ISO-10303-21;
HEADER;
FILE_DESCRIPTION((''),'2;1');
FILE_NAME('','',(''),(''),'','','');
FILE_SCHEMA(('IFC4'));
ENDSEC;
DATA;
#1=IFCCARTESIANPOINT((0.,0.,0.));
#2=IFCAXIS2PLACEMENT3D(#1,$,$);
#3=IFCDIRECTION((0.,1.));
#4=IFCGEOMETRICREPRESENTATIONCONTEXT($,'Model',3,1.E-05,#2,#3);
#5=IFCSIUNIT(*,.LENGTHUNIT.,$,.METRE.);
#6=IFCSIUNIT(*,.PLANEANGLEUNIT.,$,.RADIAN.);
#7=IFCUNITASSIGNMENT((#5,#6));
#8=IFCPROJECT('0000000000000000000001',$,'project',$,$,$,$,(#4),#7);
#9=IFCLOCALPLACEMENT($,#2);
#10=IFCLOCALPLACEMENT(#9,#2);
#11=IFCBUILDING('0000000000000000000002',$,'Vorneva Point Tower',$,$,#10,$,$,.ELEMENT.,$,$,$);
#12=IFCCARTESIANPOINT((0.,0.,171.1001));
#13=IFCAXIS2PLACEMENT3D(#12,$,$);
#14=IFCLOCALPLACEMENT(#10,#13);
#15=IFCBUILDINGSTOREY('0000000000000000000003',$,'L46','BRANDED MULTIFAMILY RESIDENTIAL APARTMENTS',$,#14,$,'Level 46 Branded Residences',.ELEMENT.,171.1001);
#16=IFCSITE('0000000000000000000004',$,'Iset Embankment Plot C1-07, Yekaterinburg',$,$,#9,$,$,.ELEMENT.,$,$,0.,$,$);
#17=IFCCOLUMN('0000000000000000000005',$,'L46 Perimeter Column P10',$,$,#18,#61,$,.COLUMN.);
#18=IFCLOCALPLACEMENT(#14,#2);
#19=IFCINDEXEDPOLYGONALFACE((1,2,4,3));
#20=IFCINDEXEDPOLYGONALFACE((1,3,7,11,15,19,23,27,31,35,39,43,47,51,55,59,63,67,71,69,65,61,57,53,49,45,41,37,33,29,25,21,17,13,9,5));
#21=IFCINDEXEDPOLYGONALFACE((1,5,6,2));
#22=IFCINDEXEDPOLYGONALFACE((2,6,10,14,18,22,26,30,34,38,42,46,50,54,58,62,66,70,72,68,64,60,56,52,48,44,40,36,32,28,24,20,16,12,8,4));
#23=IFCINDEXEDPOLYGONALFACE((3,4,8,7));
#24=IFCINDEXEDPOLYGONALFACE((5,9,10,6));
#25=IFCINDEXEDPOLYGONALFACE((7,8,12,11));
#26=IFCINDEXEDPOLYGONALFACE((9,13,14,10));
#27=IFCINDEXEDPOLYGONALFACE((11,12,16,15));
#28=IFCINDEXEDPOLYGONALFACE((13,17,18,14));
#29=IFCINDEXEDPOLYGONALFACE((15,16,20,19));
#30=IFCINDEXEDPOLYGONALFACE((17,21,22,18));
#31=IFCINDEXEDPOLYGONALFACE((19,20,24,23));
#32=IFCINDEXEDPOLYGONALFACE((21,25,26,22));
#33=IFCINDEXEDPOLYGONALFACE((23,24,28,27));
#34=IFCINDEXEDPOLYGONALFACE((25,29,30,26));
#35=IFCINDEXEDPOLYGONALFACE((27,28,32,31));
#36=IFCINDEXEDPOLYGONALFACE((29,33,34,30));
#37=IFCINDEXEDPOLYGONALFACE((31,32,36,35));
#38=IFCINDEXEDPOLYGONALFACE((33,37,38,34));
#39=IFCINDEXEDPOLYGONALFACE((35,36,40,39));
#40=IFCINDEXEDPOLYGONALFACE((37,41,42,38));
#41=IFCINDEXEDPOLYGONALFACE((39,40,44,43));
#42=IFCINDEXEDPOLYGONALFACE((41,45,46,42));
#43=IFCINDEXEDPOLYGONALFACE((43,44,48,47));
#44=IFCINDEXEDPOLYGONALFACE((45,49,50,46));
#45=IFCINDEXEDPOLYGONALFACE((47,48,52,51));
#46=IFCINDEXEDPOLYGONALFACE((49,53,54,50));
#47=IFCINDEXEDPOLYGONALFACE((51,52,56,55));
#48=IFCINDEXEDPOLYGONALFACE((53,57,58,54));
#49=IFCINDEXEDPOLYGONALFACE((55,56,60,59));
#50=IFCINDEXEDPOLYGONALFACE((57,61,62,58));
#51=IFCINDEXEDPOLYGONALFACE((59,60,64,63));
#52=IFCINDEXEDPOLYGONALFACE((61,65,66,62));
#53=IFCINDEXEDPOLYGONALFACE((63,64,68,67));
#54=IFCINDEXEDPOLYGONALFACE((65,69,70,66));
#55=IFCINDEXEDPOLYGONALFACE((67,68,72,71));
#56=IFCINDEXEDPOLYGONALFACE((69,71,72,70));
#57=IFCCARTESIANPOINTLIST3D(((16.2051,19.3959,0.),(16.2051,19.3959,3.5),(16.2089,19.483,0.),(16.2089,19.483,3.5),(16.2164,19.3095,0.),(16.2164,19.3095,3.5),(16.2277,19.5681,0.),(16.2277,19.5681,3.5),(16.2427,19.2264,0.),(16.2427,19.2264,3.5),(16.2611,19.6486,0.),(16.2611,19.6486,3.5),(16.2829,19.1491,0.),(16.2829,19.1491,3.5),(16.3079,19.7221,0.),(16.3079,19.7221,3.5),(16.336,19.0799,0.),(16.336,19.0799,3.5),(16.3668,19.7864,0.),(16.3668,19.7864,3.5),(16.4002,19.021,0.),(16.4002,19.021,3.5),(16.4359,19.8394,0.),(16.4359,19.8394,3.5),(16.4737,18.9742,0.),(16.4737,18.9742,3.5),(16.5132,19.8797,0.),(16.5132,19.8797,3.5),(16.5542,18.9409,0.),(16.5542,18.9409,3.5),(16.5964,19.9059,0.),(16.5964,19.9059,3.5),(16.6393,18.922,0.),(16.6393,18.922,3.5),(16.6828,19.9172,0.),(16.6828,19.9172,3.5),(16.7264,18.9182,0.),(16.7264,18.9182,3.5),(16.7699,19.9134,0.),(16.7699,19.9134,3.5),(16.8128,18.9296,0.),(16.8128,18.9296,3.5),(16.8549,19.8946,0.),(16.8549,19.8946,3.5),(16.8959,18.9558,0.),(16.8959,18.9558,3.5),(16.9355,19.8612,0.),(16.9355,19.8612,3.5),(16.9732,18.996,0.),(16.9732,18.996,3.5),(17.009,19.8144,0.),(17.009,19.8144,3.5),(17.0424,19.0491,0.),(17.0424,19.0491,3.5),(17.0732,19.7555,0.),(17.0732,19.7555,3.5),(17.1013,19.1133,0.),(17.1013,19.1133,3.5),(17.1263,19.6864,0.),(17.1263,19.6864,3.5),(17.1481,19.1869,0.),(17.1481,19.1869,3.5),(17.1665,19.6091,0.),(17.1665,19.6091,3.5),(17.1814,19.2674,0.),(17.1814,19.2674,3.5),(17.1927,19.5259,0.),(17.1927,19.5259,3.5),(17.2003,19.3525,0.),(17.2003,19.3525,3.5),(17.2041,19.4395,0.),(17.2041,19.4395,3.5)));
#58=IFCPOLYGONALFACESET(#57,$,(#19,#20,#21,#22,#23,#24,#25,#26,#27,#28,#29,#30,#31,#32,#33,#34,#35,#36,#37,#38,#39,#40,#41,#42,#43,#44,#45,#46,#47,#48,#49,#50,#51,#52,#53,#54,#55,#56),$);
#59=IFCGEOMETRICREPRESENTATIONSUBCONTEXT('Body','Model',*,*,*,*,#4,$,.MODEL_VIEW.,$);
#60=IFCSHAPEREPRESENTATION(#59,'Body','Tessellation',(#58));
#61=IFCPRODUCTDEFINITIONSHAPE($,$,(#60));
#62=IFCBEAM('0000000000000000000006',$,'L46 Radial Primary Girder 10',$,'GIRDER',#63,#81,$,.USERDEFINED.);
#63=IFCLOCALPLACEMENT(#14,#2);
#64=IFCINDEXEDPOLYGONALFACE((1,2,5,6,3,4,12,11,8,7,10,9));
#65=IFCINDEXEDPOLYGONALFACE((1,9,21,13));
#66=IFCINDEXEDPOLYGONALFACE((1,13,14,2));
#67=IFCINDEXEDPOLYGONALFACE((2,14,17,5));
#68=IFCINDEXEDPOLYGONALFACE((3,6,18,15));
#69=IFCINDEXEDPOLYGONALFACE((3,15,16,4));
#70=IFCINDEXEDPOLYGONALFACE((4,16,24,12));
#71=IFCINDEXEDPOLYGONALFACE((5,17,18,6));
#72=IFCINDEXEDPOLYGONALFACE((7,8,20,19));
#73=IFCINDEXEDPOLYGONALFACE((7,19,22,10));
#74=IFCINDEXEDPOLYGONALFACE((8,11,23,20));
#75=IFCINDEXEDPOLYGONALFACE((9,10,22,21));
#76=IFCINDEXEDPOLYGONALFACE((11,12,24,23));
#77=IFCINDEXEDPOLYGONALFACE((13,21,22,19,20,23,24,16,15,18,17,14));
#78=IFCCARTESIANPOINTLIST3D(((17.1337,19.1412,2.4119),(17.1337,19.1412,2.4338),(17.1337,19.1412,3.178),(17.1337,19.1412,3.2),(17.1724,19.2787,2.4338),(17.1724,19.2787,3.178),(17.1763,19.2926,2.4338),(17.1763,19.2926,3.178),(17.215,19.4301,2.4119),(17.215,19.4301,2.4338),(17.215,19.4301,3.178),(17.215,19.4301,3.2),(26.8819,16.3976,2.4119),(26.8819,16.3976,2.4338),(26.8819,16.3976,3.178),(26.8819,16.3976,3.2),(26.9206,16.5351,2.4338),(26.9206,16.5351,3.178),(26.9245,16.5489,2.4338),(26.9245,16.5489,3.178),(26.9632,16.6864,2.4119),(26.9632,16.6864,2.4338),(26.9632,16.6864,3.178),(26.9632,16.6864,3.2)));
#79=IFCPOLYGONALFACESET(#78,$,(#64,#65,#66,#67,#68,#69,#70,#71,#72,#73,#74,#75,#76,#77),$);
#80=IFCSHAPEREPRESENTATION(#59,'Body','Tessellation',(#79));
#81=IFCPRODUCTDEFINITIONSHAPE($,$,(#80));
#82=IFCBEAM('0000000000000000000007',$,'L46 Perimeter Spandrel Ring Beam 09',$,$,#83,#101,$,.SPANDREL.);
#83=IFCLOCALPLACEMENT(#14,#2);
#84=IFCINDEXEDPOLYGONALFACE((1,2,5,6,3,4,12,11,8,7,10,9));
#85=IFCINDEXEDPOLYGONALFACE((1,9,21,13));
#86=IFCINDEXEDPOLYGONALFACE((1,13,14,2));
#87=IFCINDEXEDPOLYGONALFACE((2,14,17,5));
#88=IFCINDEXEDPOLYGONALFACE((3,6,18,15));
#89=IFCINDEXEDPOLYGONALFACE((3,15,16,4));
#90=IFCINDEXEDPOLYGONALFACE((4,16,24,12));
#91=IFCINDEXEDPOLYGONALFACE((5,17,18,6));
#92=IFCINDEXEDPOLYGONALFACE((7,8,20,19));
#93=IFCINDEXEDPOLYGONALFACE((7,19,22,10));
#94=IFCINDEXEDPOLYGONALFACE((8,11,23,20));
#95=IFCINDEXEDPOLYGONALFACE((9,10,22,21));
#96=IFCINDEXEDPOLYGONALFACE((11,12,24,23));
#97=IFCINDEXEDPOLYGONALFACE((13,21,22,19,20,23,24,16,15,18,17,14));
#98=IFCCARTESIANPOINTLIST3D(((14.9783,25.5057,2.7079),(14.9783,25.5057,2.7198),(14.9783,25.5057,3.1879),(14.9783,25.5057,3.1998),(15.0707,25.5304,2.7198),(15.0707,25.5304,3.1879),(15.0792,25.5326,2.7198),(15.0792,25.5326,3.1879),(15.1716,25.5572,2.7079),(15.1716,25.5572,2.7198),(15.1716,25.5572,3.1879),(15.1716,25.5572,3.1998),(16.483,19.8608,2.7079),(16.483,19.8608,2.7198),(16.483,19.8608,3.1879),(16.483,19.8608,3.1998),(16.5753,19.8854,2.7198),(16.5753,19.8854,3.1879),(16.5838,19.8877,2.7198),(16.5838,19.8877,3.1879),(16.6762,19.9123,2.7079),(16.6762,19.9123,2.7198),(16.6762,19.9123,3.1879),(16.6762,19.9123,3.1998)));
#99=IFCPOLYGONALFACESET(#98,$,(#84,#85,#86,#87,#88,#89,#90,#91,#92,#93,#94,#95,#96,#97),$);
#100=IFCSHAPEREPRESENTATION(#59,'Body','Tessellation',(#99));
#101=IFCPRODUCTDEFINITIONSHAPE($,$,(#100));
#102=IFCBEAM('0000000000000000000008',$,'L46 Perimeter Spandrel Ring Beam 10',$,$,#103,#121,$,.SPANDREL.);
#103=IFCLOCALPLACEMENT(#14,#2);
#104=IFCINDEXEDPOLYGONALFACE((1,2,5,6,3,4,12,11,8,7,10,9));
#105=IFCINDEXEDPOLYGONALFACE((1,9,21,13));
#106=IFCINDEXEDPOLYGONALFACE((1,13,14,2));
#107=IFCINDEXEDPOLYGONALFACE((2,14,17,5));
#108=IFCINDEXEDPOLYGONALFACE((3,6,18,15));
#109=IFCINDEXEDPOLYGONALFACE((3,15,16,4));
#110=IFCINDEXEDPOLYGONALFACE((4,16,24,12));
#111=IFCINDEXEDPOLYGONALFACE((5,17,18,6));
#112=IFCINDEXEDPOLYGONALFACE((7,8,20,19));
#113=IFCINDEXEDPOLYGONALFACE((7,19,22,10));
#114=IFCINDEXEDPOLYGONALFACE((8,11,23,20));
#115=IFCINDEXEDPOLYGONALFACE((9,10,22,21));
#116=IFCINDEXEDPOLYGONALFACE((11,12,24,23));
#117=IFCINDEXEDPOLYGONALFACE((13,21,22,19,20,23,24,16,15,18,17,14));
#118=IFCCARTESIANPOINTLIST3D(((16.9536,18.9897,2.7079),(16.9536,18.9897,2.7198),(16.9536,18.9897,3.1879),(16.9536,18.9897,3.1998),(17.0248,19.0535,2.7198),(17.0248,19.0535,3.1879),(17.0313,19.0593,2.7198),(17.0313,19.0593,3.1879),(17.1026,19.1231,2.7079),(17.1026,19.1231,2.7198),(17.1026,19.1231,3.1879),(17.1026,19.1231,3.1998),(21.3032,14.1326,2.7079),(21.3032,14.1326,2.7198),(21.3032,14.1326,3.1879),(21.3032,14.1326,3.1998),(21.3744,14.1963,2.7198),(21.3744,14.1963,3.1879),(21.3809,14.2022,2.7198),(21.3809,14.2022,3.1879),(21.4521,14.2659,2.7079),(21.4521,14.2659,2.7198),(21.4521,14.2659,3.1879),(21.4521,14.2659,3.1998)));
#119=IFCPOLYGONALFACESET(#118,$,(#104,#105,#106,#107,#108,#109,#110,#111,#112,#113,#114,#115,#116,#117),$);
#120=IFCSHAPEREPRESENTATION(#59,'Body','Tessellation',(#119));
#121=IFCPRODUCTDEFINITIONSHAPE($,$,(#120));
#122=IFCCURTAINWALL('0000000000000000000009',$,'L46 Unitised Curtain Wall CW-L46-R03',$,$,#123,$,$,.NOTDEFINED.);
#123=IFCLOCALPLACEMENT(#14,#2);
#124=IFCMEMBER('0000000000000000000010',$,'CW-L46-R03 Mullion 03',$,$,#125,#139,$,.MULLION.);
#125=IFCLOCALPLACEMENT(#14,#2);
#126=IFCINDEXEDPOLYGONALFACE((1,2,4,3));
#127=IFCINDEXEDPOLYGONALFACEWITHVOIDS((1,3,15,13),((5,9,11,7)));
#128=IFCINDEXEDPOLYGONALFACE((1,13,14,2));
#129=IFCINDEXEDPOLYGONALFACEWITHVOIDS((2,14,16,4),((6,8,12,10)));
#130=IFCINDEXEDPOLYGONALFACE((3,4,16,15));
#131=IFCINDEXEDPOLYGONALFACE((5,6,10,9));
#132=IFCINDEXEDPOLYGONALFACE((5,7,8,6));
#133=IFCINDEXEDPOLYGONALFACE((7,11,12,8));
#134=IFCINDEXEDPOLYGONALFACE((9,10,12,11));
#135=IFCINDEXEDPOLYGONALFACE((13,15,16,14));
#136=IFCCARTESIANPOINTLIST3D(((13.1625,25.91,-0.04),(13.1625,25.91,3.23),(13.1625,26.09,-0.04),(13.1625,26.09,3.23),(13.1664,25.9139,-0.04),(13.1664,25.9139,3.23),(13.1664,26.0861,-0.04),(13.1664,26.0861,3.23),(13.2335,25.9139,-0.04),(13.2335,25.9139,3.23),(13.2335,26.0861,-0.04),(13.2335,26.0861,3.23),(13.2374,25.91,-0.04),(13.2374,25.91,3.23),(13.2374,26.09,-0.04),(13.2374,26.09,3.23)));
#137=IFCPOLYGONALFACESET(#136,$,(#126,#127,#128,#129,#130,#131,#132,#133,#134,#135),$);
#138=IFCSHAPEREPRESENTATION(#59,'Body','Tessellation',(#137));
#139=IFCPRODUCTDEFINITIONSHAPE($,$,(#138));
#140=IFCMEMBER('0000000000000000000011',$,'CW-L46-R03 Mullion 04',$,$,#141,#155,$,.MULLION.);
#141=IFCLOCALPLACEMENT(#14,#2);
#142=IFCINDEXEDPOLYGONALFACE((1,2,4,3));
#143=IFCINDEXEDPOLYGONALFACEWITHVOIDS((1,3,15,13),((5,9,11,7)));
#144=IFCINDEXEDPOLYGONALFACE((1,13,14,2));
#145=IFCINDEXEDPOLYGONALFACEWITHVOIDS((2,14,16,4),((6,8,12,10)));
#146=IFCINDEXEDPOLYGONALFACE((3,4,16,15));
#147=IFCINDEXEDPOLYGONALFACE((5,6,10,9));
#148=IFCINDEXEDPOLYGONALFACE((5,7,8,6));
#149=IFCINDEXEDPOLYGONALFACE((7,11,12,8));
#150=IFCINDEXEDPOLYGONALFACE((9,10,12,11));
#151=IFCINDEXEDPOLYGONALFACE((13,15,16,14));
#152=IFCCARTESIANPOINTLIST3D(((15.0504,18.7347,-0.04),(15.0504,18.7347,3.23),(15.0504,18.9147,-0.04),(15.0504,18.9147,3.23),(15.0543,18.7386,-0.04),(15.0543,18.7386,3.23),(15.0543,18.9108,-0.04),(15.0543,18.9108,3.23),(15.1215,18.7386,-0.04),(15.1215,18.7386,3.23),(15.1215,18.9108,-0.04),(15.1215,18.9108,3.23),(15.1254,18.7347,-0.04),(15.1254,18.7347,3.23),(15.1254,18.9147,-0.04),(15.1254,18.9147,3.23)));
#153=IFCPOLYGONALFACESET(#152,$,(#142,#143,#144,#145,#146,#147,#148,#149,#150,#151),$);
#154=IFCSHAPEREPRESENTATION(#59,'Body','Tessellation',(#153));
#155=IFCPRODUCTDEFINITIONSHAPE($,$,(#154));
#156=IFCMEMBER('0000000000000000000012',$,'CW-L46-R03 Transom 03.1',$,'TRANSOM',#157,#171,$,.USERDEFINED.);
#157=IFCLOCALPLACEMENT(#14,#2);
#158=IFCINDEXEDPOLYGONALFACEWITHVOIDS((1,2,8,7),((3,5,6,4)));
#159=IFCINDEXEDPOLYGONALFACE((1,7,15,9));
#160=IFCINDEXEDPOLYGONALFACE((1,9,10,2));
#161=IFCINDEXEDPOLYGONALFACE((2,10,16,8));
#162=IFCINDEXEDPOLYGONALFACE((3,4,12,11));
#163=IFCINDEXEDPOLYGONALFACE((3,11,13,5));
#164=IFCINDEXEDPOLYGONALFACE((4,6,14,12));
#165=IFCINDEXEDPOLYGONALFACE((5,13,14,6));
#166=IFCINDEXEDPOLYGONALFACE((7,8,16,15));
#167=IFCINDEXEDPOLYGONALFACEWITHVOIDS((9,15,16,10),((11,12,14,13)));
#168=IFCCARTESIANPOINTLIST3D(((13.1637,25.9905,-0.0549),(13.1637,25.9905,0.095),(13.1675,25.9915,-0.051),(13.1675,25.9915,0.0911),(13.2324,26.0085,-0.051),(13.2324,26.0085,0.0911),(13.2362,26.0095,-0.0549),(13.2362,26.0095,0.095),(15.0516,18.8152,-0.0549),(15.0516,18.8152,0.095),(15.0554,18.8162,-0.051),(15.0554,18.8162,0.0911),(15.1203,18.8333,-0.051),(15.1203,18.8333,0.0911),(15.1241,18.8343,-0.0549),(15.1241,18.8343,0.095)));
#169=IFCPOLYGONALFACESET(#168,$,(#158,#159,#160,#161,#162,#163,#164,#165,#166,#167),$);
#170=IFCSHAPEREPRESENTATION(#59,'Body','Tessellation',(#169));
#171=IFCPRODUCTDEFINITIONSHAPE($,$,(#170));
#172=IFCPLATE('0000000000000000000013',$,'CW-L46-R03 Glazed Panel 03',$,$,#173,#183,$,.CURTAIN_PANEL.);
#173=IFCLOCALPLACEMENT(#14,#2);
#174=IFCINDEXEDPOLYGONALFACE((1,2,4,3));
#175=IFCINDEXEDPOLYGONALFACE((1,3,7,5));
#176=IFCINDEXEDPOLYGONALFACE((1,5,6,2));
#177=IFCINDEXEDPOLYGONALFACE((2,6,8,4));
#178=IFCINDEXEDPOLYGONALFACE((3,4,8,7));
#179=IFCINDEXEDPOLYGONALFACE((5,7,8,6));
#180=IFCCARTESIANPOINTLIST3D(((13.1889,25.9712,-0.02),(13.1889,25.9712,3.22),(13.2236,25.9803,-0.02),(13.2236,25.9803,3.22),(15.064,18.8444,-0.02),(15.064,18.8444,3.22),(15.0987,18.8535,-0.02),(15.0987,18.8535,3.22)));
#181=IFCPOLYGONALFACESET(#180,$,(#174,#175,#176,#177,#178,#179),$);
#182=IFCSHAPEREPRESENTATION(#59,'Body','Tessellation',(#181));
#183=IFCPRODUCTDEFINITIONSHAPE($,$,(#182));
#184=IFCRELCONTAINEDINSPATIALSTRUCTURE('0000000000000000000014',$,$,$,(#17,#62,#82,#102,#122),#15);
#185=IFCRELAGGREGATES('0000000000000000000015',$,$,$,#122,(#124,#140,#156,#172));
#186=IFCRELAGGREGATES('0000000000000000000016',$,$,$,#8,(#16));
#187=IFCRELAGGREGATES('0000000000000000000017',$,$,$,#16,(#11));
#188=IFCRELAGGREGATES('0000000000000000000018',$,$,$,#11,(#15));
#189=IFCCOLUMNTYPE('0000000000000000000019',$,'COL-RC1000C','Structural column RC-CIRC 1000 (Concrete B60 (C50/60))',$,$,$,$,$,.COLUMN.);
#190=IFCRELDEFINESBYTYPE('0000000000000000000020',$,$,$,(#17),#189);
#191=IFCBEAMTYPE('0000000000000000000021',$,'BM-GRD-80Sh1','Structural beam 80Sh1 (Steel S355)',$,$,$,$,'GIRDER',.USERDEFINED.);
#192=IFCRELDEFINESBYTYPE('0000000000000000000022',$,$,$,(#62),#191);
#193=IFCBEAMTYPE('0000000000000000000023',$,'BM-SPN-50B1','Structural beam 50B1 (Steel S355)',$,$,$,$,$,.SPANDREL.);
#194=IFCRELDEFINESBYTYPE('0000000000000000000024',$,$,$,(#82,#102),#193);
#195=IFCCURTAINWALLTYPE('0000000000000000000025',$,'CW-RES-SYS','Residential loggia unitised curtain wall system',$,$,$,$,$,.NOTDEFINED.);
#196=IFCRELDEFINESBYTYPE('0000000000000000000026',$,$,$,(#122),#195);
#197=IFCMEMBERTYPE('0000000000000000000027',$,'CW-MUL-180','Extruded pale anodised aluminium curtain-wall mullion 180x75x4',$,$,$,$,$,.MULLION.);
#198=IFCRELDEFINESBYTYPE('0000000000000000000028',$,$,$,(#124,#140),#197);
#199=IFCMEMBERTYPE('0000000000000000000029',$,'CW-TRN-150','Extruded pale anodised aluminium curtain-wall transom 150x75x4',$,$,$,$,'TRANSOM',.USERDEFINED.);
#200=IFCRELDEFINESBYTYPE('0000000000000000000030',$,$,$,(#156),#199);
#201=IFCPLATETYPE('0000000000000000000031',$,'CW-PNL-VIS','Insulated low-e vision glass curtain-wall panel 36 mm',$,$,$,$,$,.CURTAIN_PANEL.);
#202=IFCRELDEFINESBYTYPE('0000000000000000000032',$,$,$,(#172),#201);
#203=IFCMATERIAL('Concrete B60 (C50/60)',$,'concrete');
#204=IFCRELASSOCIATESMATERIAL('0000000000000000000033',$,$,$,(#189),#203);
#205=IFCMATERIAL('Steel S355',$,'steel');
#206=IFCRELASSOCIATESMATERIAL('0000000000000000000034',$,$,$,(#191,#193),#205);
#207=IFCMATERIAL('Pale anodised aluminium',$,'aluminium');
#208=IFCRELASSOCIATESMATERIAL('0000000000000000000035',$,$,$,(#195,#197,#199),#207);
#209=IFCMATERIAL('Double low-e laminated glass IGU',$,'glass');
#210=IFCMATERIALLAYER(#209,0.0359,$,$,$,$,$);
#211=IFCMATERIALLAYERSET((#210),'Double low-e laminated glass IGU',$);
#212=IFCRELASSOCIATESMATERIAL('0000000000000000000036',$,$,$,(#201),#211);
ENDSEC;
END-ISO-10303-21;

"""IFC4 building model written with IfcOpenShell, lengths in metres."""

from ifc_helpers import new_model, si_unit, direction, frame, origin, origin_2d, place, context, subcontext, project, spatial, rectangle, hollow_rectangle, circle, i_section, extrude, material, layer, layer_set, material_profile, profile_set, type_object, element, aggregate, save


model = new_model("IFC4")

# Units and contexts
model_context = context("Model", 3, precision=1e-05, world=origin(), true_north=direction((0.0, 1.0)))
body_context = subcontext(model_context, "Body", "Model", "MODEL_VIEW")
ifc_project = project(units=[si_unit("LENGTHUNIT", "METRE"), si_unit("PLANEANGLEUNIT", "RADIAN")], contexts=[model_context])

# Site, building, storey
site_placement = place(None, origin())
site = spatial("IfcSite", under=ifc_project, at=site_placement, Name="Iset Embankment Plot C1-07, Yekaterinburg", CompositionType="ELEMENT", RefElevation=0.0)
building_placement = place(site_placement, origin())
building = spatial("IfcBuilding", under=site, at=building_placement, Name="Vorneva Point Tower", CompositionType="ELEMENT")
storey_placement = place(building_placement, frame((0.0, 0.0, 171.1001)))
storey = spatial("IfcBuildingStorey", under=building, at=storey_placement, Name="L46", Description="BRANDED MULTIFAMILY RESIDENTIAL APARTMENTS", LongName="Level 46 Branded Residences", CompositionType="ELEMENT", Elevation=171.1001)

# Column
ifc_material_1 = material(Name="Concrete B60 (C50/60)", Category="concrete")
ifc_material_profile_1 = material_profile(ifc_material_1, circle(Radius=0.5, at=origin_2d()), Name="RC-CIRC 1000")
ifc_profile_set_1 = profile_set([ifc_material_profile_1], Name="Concrete B60 (C50/60)")
column_type = type_object("IfcColumnType", Name="COL-RC1000C", Description="Structural column RC-CIRC 1000 (Concrete B60 (C50/60))", PredefinedType="COLUMN", material=ifc_profile_set_1)
column_placement = place(storey_placement, frame((16.7046, 19.4177, 0.0), z_axis=(0.0, 0.0, 1.0), x_axis=(-0.92388, -0.382683, 0.0)))
element("IfcColumn", 1, at=column_placement, inside=storey, type_object=column_type, Name="L46 Perimeter Column P10", PredefinedType="COLUMN", context=body_context, shape_type="SweptSolid", body=[
    extrude(circle(Radius=0.5, at=origin_2d()), origin(), (0.0, 0.0, 1.0), 3.5),
])

# Beams
ifc_material_2 = material(Name="Steel S355", Category="steel")
ifc_material_profile_2 = material_profile(ifc_material_2, i_section(OverallWidth=0.3, OverallDepth=0.7881, WebThickness=0.0144, FlangeThickness=0.022, at=origin_2d()), Name="80Sh1")
ifc_profile_set_2 = profile_set([ifc_material_profile_2], Name="Steel S355")
beam_type_1 = type_object("IfcBeamType", Name="BM-GRD-80Sh1", Description="Structural beam 80Sh1 (Steel S355)", ElementType="GIRDER", PredefinedType="USERDEFINED", material=ifc_profile_set_2)
beam_1_placement = place(storey_placement, frame((17.1743, 19.2856, 2.8059), z_axis=(0.962601, -0.270924, 0.0), x_axis=(0.270924, 0.962601, 0.0)))
element("IfcBeam", 2, at=beam_1_placement, inside=storey, type_object=beam_type_1, Name="L46 Radial Primary Girder 10", ObjectType="GIRDER", PredefinedType="USERDEFINED", context=body_context, shape_type="SweptSolid", body=[
    extrude(i_section(OverallWidth=0.3, OverallDepth=0.7881, WebThickness=0.0144, FlangeThickness=0.022, at=origin_2d()), origin(), (0.0, 0.0, 1.0), 10.127),
])
ifc_material_profile_3 = material_profile(ifc_material_2, i_section(OverallWidth=0.2, OverallDepth=0.4919, WebThickness=0.0088, FlangeThickness=0.012, at=origin_2d()), Name="50B1")
ifc_profile_set_3 = profile_set([ifc_material_profile_3], Name="Steel S355")
beam_type_2 = type_object("IfcBeamType", Name="BM-SPN-50B1", Description="Structural beam 50B1 (Steel S355)", PredefinedType="SPANDREL", material=ifc_profile_set_3)
beam_2_placement = place(storey_placement, frame((15.075, 25.5315, 2.9539), z_axis=(0.257551, -0.966265, 0.0), x_axis=(0.966265, 0.257551, 0.0)))
element("IfcBeam", 3, at=beam_2_placement, inside=storey, type_object=beam_type_2, Name="L46 Perimeter Spandrel Ring Beam 09", PredefinedType="SPANDREL", context=body_context, shape_type="SweptSolid", body=[
    extrude(i_section(OverallWidth=0.2, OverallDepth=0.4919, WebThickness=0.0088, FlangeThickness=0.012, at=origin_2d()), origin(), (0.0, 0.0, 1.0), 5.842),
])
beam_3_placement = place(storey_placement, frame((17.0281, 19.0564, 2.9539), z_axis=(0.667111, -0.744958, 0.0), x_axis=(0.744958, 0.667111, 0.0)))
element("IfcBeam", 4, at=beam_3_placement, inside=storey, type_object=beam_type_2, Name="L46 Perimeter Spandrel Ring Beam 10", PredefinedType="SPANDREL", context=body_context, shape_type="SweptSolid", body=[
    extrude(i_section(OverallWidth=0.2, OverallDepth=0.4919, WebThickness=0.0088, FlangeThickness=0.012, at=origin_2d()), origin(), (0.0, 0.0, 1.0), 6.52),
])

# Curtain wall, members, plate
ifc_material_3 = material(Name="Pale anodised aluminium", Category="aluminium")
curtain_wall_type = type_object("IfcCurtainWallType", Name="CW-RES-SYS", Description="Residential loggia unitised curtain wall system", PredefinedType="NOTDEFINED", material=ifc_material_3)
curtain_wall_placement = place(storey_placement, origin())
curtain_wall = element("IfcCurtainWall", 5, at=curtain_wall_placement, inside=storey, type_object=curtain_wall_type, Name="L46 Unitised Curtain Wall CW-L46-R03", PredefinedType="NOTDEFINED")
ifc_material_profile_4 = material_profile(ifc_material_3, hollow_rectangle(XDim=0.075, YDim=0.1799, WallThickness=0.0039, at=origin_2d()), Name="AL-MUL 180x75x4")
ifc_profile_set_4 = profile_set([ifc_material_profile_4], Name="Pale anodised aluminium")
member_type_1 = type_object("IfcMemberType", Name="CW-MUL-180", Description="Extruded pale anodised aluminium curtain-wall mullion 180x75x4", PredefinedType="MULLION", material=ifc_profile_set_4)
member_1_placement = place(storey_placement, frame((13.2, 26.0, -0.04), z_axis=(0.0, 0.0, 1.0), x_axis=(1.0, 0.0, 0.0)))
member_1 = element("IfcMember", 6, at=member_1_placement, type_object=member_type_1, Name="CW-L46-R03 Mullion 03", PredefinedType="MULLION", context=body_context, shape_type="SweptSolid", body=[
    extrude(hollow_rectangle(XDim=0.075, YDim=0.1799, WallThickness=0.0039, at=origin_2d()), origin(), (0.0, 0.0, 1.0), 3.27),
])
member_2_placement = place(storey_placement, frame((15.0879, 18.8247, -0.04), z_axis=(0.0, 0.0, 1.0), x_axis=(1.0, 0.0, 0.0)))
member_2 = element("IfcMember", 7, at=member_2_placement, type_object=member_type_1, Name="CW-L46-R03 Mullion 04", PredefinedType="MULLION", context=body_context, shape_type="SweptSolid", body=[
    extrude(hollow_rectangle(XDim=0.075, YDim=0.1799, WallThickness=0.0039, at=origin_2d()), origin(), (0.0, 0.0, 1.0), 3.27),
])
ifc_material_profile_5 = material_profile(ifc_material_3, hollow_rectangle(XDim=0.075, YDim=0.1499, WallThickness=0.0039, at=origin_2d()), Name="AL-TRN 150x75x4")
ifc_profile_set_5 = profile_set([ifc_material_profile_5], Name="Pale anodised aluminium")
member_type_2 = type_object("IfcMemberType", Name="CW-TRN-150", Description="Extruded pale anodised aluminium curtain-wall transom 150x75x4", ElementType="TRANSOM", PredefinedType="USERDEFINED", material=ifc_profile_set_5)
member_3_placement = place(storey_placement, frame((13.2, 26.0, 0.02), z_axis=(0.254456, -0.967084, 0.0), x_axis=(0.967084, 0.254456, 0.0)))
member_3 = element("IfcMember", 8, at=member_3_placement, type_object=member_type_2, Name="CW-L46-R03 Transom 03.1", ObjectType="TRANSOM", PredefinedType="USERDEFINED", context=body_context, shape_type="SweptSolid", body=[
    extrude(hollow_rectangle(XDim=0.075, YDim=0.1499, WallThickness=0.0039, at=origin_2d()), origin(), (0.0, 0.0, 1.0), 7.4194),
])
ifc_material_4 = material(Name="Double low-e laminated glass IGU", Category="glass")
ifc_layer_1 = layer(ifc_material_4, 0.0359)
ifc_layer_set_1 = layer_set([ifc_layer_1], Name="Double low-e laminated glass IGU")
plate_type = type_object("IfcPlateType", Name="CW-PNL-VIS", Description="Insulated low-e vision glass curtain-wall panel 36 mm", PredefinedType="CURTAIN_PANEL", material=ifc_layer_set_1)
plate_placement = place(storey_placement, frame((14.1438, 22.4124, -0.02), z_axis=(0.0, 0.0, 1.0), x_axis=(0.254433, -0.96709, 0.0)))
plate = element("IfcPlate", 9, at=plate_placement, type_object=plate_type, Name="CW-L46-R03 Glazed Panel 03", PredefinedType="CURTAIN_PANEL", context=body_context, shape_type="SweptSolid", body=[
    extrude(rectangle(XDim=7.3694, YDim=0.0359, at=origin_2d()), origin(), (0.0, 0.0, 1.0), 3.24),
])
aggregate(curtain_wall, [member_1, member_2, member_3, plate])

save(model, "model.ifc")
